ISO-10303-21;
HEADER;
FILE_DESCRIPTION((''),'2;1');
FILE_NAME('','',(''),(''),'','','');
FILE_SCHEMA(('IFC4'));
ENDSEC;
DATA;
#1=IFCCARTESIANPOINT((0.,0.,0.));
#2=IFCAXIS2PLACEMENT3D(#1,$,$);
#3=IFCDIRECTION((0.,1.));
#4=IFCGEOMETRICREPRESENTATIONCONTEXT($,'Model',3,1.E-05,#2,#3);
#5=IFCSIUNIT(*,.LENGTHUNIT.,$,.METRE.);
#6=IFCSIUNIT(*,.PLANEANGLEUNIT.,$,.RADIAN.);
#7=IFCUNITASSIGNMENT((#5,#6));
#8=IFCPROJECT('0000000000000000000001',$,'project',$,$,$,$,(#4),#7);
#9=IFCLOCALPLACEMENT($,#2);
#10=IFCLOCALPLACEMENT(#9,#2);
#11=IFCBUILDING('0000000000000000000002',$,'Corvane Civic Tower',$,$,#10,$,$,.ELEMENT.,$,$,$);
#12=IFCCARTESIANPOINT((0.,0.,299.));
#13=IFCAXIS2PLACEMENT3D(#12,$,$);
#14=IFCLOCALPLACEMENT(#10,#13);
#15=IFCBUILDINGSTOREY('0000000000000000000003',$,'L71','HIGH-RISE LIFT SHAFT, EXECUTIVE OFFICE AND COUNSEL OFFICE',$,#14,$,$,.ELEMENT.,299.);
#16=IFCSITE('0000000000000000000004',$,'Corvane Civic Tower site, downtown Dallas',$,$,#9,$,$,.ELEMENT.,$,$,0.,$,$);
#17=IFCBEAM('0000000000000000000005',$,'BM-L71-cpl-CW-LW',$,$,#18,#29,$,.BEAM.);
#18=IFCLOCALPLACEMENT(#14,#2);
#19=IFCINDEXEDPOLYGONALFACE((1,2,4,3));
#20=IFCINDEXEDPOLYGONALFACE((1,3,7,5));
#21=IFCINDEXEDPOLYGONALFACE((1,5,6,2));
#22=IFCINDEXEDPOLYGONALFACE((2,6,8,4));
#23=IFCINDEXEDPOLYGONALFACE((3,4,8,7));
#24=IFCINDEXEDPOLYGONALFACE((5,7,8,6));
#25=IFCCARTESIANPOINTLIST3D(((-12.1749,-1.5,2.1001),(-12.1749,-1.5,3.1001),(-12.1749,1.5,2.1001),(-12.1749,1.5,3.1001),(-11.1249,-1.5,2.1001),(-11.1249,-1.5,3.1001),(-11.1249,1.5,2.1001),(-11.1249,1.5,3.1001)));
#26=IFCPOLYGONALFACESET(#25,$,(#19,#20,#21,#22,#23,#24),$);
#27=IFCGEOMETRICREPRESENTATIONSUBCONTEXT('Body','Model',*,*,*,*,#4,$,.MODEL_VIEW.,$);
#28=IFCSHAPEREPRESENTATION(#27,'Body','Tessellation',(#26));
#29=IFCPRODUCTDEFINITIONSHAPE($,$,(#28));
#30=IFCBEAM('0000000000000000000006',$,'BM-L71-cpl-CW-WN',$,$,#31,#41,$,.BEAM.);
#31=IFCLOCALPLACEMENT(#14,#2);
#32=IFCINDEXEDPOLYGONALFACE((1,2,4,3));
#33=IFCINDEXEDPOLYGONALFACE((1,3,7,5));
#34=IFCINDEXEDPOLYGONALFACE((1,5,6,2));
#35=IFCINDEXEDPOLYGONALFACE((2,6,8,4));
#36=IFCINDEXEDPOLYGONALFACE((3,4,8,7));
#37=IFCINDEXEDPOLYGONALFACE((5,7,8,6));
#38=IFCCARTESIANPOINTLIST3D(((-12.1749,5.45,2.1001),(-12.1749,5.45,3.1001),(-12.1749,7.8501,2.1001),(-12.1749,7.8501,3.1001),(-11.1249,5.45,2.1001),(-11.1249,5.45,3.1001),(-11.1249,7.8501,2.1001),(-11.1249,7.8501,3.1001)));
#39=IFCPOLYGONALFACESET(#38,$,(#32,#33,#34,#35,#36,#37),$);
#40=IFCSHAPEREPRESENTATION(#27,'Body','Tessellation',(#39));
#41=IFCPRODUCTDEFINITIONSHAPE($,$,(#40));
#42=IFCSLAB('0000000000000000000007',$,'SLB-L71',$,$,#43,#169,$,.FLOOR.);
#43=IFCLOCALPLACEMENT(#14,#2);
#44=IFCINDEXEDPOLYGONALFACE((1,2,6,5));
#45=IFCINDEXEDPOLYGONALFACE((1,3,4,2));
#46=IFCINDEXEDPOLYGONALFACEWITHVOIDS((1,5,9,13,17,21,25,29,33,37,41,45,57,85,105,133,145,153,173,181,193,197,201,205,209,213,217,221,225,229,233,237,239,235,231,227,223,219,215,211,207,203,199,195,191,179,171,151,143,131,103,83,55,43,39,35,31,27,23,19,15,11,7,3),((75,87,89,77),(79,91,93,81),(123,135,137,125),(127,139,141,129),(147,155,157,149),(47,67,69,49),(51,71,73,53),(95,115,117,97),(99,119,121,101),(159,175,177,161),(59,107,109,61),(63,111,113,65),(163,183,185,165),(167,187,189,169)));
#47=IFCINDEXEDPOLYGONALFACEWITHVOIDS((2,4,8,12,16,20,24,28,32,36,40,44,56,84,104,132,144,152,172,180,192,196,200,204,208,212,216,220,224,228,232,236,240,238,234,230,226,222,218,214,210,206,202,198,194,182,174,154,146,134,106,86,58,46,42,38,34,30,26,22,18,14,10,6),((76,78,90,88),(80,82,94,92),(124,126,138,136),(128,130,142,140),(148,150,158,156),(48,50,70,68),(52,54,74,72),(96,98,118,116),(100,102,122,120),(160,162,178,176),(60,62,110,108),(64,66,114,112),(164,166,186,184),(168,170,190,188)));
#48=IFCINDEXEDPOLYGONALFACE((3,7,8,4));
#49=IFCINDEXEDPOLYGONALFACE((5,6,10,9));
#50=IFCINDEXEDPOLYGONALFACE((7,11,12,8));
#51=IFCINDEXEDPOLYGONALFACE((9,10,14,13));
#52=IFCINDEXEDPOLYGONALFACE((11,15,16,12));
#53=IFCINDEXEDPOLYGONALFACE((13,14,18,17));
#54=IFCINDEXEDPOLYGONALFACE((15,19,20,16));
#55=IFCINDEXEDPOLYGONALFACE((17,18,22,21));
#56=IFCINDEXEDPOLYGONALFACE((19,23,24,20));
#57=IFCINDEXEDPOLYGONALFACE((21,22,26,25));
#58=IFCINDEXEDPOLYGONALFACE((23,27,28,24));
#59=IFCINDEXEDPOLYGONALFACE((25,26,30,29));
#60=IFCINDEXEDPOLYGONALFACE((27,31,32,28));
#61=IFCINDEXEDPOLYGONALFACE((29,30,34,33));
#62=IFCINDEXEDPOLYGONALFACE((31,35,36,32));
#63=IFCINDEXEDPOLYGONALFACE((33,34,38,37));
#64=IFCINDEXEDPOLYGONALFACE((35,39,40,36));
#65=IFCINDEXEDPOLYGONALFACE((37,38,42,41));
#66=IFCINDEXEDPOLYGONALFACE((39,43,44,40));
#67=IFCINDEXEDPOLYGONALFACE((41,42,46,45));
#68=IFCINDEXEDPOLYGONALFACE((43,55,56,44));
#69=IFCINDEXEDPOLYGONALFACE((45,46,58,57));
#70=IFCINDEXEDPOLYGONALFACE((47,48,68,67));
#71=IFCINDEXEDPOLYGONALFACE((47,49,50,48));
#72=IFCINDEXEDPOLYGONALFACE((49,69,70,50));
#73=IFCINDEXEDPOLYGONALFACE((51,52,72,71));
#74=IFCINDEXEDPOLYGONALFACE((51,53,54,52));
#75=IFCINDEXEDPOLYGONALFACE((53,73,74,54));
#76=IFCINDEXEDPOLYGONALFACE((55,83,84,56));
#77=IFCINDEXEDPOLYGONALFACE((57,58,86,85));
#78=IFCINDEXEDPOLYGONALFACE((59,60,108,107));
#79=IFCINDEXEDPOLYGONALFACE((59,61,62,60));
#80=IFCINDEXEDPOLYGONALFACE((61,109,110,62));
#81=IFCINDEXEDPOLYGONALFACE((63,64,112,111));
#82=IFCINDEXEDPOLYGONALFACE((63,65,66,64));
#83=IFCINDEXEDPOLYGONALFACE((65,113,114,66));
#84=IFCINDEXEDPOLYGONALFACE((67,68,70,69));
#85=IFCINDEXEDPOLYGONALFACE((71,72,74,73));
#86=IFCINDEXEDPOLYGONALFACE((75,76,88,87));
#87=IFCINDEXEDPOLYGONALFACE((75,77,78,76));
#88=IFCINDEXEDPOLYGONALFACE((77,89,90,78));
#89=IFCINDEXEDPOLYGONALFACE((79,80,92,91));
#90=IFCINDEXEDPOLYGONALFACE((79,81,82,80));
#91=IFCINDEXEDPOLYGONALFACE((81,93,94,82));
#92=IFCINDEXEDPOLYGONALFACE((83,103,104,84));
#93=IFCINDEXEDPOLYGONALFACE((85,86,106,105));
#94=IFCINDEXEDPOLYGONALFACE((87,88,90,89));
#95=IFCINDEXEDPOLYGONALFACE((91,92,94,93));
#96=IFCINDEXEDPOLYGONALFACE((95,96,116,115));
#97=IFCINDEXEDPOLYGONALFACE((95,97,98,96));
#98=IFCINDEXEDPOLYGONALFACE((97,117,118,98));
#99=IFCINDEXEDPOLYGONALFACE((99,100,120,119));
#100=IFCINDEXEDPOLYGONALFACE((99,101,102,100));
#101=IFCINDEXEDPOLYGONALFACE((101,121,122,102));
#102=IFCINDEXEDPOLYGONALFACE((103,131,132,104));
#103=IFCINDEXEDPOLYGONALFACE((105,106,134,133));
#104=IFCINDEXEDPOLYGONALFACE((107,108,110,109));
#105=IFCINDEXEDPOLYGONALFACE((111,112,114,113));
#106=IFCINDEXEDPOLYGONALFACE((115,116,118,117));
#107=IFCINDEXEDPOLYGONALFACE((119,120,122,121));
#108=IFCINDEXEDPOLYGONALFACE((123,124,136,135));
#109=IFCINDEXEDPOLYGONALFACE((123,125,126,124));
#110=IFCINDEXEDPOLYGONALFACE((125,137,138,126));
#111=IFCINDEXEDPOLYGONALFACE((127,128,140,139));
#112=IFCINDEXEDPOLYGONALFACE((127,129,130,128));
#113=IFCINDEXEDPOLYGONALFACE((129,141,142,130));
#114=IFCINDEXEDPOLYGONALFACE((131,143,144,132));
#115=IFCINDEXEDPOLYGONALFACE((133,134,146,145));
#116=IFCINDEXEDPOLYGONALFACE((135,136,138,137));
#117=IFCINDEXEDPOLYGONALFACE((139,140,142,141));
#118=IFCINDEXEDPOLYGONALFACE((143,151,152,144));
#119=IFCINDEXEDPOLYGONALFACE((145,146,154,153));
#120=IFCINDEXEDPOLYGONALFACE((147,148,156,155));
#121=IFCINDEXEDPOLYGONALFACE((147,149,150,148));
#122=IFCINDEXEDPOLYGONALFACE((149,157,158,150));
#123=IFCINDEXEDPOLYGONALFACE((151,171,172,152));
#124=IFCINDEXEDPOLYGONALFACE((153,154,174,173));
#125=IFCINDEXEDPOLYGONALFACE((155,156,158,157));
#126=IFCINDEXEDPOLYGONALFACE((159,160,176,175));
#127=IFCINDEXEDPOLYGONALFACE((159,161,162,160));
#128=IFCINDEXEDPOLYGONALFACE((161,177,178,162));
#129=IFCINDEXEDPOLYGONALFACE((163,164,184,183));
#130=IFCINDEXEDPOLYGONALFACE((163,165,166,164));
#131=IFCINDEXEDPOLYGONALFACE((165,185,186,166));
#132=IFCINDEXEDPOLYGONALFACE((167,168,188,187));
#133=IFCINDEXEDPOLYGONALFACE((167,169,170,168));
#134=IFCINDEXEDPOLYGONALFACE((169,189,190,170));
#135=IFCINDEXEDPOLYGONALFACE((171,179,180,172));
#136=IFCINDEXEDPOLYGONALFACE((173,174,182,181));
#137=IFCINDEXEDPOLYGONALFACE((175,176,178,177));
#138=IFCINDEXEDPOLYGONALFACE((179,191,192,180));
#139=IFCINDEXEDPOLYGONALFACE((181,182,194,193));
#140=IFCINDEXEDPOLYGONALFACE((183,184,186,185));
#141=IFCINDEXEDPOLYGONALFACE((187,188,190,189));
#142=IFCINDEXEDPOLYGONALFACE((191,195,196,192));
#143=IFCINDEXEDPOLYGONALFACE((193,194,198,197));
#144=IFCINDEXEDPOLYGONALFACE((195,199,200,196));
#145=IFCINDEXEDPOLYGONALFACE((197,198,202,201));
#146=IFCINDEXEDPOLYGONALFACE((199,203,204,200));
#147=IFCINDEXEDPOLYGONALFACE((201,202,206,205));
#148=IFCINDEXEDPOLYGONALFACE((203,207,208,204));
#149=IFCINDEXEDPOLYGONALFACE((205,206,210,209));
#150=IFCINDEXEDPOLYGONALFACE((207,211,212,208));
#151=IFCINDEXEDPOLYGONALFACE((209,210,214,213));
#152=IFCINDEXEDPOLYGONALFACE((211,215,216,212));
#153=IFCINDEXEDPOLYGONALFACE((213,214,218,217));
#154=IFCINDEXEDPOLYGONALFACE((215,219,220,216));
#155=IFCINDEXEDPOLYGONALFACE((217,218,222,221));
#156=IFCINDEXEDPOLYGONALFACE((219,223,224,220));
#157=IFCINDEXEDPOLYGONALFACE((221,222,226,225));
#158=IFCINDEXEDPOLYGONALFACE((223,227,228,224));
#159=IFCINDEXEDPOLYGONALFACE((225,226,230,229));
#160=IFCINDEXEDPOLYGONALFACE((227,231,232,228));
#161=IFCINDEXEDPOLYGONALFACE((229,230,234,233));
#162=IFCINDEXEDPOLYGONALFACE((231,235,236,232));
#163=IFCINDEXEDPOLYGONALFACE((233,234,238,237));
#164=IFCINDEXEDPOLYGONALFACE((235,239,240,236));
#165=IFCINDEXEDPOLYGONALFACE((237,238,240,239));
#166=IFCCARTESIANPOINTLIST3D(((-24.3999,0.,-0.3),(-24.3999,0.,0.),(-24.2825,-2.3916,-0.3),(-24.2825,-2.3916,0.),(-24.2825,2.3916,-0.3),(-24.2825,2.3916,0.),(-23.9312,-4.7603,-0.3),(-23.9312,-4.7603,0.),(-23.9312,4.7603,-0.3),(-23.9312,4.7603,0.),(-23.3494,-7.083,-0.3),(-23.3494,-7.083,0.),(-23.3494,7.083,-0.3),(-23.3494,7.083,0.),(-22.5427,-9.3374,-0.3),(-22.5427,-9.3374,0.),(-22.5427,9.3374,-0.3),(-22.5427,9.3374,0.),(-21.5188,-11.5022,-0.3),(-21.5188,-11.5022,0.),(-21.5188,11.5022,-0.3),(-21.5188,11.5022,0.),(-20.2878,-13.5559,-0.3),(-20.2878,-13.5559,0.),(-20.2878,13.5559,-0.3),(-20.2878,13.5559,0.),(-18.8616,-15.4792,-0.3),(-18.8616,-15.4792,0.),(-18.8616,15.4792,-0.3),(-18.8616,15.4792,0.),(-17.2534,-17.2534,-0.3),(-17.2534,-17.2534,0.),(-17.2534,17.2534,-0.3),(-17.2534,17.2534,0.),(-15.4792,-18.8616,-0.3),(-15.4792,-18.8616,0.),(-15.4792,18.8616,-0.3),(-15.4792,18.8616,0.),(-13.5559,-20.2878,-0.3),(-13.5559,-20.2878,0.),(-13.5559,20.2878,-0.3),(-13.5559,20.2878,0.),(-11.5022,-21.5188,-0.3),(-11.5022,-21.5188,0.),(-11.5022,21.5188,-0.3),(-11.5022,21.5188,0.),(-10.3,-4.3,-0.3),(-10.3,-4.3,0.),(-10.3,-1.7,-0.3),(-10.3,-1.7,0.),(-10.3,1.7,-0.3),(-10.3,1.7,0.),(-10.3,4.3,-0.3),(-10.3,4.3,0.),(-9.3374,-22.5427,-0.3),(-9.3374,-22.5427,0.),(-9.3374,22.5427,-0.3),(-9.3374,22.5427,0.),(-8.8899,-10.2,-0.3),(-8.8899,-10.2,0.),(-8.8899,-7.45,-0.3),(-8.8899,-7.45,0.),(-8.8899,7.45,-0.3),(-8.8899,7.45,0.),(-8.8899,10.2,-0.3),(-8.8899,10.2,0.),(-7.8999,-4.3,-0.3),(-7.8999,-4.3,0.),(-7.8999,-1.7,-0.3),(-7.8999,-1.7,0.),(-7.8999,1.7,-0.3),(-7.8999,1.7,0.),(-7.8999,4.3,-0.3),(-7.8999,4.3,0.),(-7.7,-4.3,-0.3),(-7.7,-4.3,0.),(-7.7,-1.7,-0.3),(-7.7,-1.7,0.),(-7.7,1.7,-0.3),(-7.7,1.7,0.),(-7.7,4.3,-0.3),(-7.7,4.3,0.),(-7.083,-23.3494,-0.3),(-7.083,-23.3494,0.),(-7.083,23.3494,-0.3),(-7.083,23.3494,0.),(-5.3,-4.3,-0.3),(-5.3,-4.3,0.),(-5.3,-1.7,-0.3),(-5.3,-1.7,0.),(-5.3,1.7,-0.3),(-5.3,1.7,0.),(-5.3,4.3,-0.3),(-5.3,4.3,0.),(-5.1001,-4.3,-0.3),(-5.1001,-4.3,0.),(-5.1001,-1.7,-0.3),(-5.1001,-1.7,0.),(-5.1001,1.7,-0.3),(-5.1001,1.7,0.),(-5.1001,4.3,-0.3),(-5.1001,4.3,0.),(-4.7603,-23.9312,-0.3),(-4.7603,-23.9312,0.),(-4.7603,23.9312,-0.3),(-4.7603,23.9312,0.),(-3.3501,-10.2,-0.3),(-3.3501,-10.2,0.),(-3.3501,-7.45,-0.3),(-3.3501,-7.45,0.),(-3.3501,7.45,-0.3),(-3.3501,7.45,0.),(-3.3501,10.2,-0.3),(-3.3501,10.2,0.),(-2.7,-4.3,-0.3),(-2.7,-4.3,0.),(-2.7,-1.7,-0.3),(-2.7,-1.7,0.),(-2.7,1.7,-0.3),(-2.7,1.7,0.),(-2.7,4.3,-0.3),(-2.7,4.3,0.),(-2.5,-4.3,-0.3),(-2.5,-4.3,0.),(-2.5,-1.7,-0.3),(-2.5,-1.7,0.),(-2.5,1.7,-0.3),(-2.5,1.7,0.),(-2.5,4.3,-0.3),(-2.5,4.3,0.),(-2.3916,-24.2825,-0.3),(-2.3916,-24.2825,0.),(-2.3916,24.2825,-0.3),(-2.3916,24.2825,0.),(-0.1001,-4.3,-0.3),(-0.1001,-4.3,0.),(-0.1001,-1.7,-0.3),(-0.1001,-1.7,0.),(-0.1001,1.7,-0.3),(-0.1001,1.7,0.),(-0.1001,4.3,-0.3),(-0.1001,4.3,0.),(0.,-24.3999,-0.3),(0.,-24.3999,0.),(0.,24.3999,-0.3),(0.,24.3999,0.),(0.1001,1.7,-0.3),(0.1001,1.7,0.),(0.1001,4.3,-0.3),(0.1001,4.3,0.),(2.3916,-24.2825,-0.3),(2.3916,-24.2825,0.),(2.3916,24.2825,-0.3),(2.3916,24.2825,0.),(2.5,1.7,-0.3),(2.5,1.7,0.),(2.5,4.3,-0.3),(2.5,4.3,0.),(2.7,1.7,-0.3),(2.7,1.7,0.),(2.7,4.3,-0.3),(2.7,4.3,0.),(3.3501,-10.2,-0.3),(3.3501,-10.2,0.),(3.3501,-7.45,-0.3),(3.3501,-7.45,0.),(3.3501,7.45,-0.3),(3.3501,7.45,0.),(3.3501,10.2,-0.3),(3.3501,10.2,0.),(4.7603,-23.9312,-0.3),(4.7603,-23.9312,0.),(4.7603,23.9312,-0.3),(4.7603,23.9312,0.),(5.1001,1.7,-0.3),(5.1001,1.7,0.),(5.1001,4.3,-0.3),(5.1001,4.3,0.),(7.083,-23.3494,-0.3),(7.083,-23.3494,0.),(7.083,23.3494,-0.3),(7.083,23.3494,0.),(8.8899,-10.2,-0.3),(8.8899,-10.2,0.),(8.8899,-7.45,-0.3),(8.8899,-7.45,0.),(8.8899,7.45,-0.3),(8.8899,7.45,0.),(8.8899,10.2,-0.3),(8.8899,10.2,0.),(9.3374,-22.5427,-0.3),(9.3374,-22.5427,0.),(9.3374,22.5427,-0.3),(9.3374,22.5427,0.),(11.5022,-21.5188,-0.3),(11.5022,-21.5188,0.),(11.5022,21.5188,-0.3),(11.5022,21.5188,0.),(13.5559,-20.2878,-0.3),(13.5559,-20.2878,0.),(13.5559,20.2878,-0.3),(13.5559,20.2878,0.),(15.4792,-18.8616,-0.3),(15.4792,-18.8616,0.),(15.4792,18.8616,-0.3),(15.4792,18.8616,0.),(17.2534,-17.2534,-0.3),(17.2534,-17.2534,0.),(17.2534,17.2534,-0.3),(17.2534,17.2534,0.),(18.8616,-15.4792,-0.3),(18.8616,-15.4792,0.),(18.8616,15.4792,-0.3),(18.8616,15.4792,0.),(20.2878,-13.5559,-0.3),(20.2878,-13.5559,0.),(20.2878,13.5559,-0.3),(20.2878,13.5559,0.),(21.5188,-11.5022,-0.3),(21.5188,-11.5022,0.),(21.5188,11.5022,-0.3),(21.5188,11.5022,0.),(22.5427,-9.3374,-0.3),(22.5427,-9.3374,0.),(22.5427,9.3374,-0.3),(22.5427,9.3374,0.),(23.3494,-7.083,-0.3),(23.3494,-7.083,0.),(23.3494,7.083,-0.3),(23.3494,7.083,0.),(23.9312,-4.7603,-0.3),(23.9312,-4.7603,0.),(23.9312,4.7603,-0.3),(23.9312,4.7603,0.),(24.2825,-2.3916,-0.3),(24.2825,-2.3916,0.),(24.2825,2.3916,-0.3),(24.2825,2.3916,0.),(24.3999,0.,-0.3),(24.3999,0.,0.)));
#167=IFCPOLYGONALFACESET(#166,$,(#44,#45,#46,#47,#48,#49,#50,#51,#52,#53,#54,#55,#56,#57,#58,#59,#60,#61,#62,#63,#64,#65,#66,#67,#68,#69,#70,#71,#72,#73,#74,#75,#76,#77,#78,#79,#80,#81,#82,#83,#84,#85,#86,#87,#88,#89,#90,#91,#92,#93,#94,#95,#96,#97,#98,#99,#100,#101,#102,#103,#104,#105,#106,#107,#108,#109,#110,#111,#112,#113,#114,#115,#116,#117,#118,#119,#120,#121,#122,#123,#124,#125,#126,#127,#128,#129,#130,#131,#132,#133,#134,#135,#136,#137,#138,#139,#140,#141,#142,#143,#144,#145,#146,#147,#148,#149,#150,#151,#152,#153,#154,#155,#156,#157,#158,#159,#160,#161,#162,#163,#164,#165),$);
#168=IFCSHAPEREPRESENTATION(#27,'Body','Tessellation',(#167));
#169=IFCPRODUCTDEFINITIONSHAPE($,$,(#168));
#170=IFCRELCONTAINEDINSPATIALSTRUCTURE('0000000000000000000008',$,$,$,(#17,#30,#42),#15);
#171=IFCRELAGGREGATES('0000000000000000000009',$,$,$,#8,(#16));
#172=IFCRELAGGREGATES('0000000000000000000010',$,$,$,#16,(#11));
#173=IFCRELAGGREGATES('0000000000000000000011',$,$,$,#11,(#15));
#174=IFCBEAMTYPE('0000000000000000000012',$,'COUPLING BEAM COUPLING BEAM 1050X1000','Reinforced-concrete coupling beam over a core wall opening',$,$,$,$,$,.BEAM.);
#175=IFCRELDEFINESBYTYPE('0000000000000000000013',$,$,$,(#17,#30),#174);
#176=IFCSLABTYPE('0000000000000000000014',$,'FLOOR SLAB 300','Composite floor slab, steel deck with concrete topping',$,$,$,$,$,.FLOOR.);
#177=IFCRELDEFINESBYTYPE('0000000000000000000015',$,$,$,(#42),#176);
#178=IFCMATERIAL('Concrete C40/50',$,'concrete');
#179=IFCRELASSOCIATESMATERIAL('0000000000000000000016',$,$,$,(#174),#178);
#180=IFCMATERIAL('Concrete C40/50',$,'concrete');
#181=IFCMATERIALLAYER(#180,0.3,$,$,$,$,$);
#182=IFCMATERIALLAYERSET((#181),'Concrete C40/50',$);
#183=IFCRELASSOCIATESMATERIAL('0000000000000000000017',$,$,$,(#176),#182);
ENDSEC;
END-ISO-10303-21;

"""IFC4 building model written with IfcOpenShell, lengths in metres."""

from ifc_helpers import new_model, si_unit, direction, frame, origin, origin_2d, place, context, subcontext, project, spatial, polyline, rectangle, outline, extrude, material, layer, layer_set, material_profile, profile_set, type_object, element, save


model = new_model("IFC4")

# Units and contexts
model_context = context("Model", 3, precision=1e-05, world=origin(), true_north=direction((0.0, 1.0)))
body_context = subcontext(model_context, "Body", "Model", "MODEL_VIEW")
ifc_project = project(units=[si_unit("LENGTHUNIT", "METRE"), si_unit("PLANEANGLEUNIT", "RADIAN")], contexts=[model_context])

# Site, building, storey
site_placement = place(None, origin())
site = spatial("IfcSite", under=ifc_project, at=site_placement, Name="Corvane Civic Tower site, downtown Dallas", CompositionType="ELEMENT", RefElevation=0.0)
building_placement = place(site_placement, origin())
building = spatial("IfcBuilding", under=site, at=building_placement, Name="Corvane Civic Tower", CompositionType="ELEMENT")
storey_placement = place(building_placement, frame((0.0, 0.0, 299.0)))
storey = spatial("IfcBuildingStorey", under=building, at=storey_placement, Name="L71", Description="HIGH-RISE LIFT SHAFT, EXECUTIVE OFFICE AND COUNSEL OFFICE", CompositionType="ELEMENT", Elevation=299.0)

# Beams
ifc_material_1 = material(Name="Concrete C40/50", Category="concrete")
ifc_material_profile = material_profile(ifc_material_1, rectangle(XDim=1.05, YDim=1.0, at=origin_2d()), Name="COUPLING BEAM 1050X1000")
ifc_profile_set = profile_set([ifc_material_profile], Name="Concrete C40/50")
beam_type = type_object("IfcBeamType", Name="COUPLING BEAM COUPLING BEAM 1050X1000", Description="Reinforced-concrete coupling beam over a core wall opening", PredefinedType="BEAM", material=ifc_profile_set)
beam_1_placement = place(storey_placement, frame((-11.6499, -1.5, 2.6001), z_axis=(0.0, 1.0, 0.0), x_axis=(-1.0, 0.0, 0.0)))
element("IfcBeam", 1, at=beam_1_placement, inside=storey, type_object=beam_type, Name="BM-L71-cpl-CW-LW", PredefinedType="BEAM", context=body_context, shape_type="SweptSolid", body=[
    extrude(rectangle(XDim=1.05, YDim=1.0, at=origin_2d()), origin(), (0.0, 0.0, 1.0), 3.0),
])
beam_2_placement = place(storey_placement, frame((-11.6499, 5.45, 2.6001), z_axis=(0.0, 1.0, 0.0), x_axis=(-1.0, 0.0, 0.0)))
element("IfcBeam", 2, at=beam_2_placement, inside=storey, type_object=beam_type, Name="BM-L71-cpl-CW-WN", PredefinedType="BEAM", context=body_context, shape_type="SweptSolid", body=[
    extrude(rectangle(XDim=1.05, YDim=1.0, at=origin_2d()), origin(), (0.0, 0.0, 1.0), 2.4001),
])

# Slab
ifc_material_2 = material(Name="Concrete C40/50", Category="concrete")
ifc_layer_1 = layer(ifc_material_2, 0.3)
ifc_layer_set_1 = layer_set([ifc_layer_1], Name="Concrete C40/50")
slab_type_1 = type_object("IfcSlabType", Name="FLOOR SLAB 300", Description="Composite floor slab, steel deck with concrete topping", PredefinedType="FLOOR", material=ifc_layer_set_1)
slab_1_placement = place(storey_placement, frame((0.0, 0.0, -0.3)))
element("IfcSlab", 3, at=slab_1_placement, inside=storey, type_object=slab_type_1, Name="SLB-L71", PredefinedType="FLOOR", context=body_context, shape_type="SweptSolid", body=[
    extrude(outline(polyline([(0.0, 24.3999), (-2.3916, 24.2825), (-4.7603, 23.9312), (-7.083, 23.3494), (-9.3374, 22.5427), (-11.5022, 21.5188), (-13.5559, 20.2878), (-15.4792, 18.8616), (-17.2534, 17.2534), (-18.8616, 15.4792), (-20.2878, 13.5559), (-21.5188, 11.5022), (-22.5427, 9.3374), (-23.3494, 7.083), (-23.9312, 4.7603), (-24.2825, 2.3916), (-24.3999, 0.0), (-24.2825, -2.3916), (-23.9312, -4.7603), (-23.3494, -7.083), (-22.5427, -9.3374), (-21.5188, -11.5022), (-20.2878, -13.5559), (-18.8616, -15.4792), (-17.2534, -17.2534), (-15.4792, -18.8616), (-13.5559, -20.2878), (-11.5022, -21.5188), (-9.3374, -22.5427), (-7.083, -23.3494), (-4.7603, -23.9312), (-2.3916, -24.2825), (0.0, -24.3999), (2.3916, -24.2825), (4.7603, -23.9312), (7.083, -23.3494), (9.3374, -22.5427), (11.5022, -21.5188), (13.5559, -20.2878), (15.4792, -18.8616), (17.2534, -17.2534), (18.8616, -15.4792), (20.2878, -13.5559), (21.5188, -11.5022), (22.5427, -9.3374), (23.3494, -7.083), (23.9312, -4.7603), (24.2825, -2.3916), (24.3999, 0.0), (24.2825, 2.3916), (23.9312, 4.7603), (23.3494, 7.083), (22.5427, 9.3374), (21.5188, 11.5022), (20.2878, 13.5559), (18.8616, 15.4792), (17.2534, 17.2534), (15.4792, 18.8616), (13.5559, 20.2878), (11.5022, 21.5188), (9.3374, 22.5427), (7.083, 23.3494), (4.7603, 23.9312), (2.3916, 24.2825), (0.0, 24.3999)]), holes=[polyline([(-10.3, 4.3), (-7.8999, 4.3), (-7.8999, 1.7), (-10.3, 1.7), (-10.3, 4.3)]), polyline([(-7.7, 4.3), (-5.3, 4.3), (-5.3, 1.7), (-7.7, 1.7), (-7.7, 4.3)]), polyline([(-5.1001, 4.3), (-2.7, 4.3), (-2.7, 1.7), (-5.1001, 1.7), (-5.1001, 4.3)]), polyline([(-2.5, 1.7), (-2.5, 4.3), (-0.1001, 4.3), (-0.1001, 1.7), (-2.5, 1.7)]), polyline([(0.1001, 1.7), (0.1001, 4.3), (2.5, 4.3), (2.5, 1.7), (0.1001, 1.7)]), polyline([(2.7, 1.7), (2.7, 4.3), (5.1001, 4.3), (5.1001, 1.7), (2.7, 1.7)]), polyline([(-10.3, -4.3), (-10.3, -1.7), (-7.8999, -1.7), (-7.8999, -4.3), (-10.3, -4.3)]), polyline([(-7.7, -4.3), (-7.7, -1.7), (-5.3, -1.7), (-5.3, -4.3), (-7.7, -4.3)]), polyline([(-5.1001, -4.3), (-5.1001, -1.7), (-2.7, -1.7), (-2.7, -4.3), (-5.1001, -4.3)]), polyline([(-2.5, -4.3), (-2.5, -1.7), (-0.1001, -1.7), (-0.1001, -4.3), (-2.5, -4.3)]), polyline([(8.8899, 10.2), (8.8899, 7.45), (3.3501, 7.45), (3.3501, 10.2), (8.8899, 10.2)]), polyline([(-8.8899, 7.45), (-8.8899, 10.2), (-3.3501, 10.2), (-3.3501, 7.45), (-8.8899, 7.45)]), polyline([(8.8899, -7.45), (8.8899, -10.2), (3.3501, -10.2), (3.3501, -7.45), (8.8899, -7.45)]), polyline([(-8.8899, -10.2), (-8.8899, -7.45), (-3.3501, -7.45), (-3.3501, -10.2), (-8.8899, -10.2)])]), origin(), (0.0, 0.0, 1.0), 0.3),
])

save(model, "model.ifc")
